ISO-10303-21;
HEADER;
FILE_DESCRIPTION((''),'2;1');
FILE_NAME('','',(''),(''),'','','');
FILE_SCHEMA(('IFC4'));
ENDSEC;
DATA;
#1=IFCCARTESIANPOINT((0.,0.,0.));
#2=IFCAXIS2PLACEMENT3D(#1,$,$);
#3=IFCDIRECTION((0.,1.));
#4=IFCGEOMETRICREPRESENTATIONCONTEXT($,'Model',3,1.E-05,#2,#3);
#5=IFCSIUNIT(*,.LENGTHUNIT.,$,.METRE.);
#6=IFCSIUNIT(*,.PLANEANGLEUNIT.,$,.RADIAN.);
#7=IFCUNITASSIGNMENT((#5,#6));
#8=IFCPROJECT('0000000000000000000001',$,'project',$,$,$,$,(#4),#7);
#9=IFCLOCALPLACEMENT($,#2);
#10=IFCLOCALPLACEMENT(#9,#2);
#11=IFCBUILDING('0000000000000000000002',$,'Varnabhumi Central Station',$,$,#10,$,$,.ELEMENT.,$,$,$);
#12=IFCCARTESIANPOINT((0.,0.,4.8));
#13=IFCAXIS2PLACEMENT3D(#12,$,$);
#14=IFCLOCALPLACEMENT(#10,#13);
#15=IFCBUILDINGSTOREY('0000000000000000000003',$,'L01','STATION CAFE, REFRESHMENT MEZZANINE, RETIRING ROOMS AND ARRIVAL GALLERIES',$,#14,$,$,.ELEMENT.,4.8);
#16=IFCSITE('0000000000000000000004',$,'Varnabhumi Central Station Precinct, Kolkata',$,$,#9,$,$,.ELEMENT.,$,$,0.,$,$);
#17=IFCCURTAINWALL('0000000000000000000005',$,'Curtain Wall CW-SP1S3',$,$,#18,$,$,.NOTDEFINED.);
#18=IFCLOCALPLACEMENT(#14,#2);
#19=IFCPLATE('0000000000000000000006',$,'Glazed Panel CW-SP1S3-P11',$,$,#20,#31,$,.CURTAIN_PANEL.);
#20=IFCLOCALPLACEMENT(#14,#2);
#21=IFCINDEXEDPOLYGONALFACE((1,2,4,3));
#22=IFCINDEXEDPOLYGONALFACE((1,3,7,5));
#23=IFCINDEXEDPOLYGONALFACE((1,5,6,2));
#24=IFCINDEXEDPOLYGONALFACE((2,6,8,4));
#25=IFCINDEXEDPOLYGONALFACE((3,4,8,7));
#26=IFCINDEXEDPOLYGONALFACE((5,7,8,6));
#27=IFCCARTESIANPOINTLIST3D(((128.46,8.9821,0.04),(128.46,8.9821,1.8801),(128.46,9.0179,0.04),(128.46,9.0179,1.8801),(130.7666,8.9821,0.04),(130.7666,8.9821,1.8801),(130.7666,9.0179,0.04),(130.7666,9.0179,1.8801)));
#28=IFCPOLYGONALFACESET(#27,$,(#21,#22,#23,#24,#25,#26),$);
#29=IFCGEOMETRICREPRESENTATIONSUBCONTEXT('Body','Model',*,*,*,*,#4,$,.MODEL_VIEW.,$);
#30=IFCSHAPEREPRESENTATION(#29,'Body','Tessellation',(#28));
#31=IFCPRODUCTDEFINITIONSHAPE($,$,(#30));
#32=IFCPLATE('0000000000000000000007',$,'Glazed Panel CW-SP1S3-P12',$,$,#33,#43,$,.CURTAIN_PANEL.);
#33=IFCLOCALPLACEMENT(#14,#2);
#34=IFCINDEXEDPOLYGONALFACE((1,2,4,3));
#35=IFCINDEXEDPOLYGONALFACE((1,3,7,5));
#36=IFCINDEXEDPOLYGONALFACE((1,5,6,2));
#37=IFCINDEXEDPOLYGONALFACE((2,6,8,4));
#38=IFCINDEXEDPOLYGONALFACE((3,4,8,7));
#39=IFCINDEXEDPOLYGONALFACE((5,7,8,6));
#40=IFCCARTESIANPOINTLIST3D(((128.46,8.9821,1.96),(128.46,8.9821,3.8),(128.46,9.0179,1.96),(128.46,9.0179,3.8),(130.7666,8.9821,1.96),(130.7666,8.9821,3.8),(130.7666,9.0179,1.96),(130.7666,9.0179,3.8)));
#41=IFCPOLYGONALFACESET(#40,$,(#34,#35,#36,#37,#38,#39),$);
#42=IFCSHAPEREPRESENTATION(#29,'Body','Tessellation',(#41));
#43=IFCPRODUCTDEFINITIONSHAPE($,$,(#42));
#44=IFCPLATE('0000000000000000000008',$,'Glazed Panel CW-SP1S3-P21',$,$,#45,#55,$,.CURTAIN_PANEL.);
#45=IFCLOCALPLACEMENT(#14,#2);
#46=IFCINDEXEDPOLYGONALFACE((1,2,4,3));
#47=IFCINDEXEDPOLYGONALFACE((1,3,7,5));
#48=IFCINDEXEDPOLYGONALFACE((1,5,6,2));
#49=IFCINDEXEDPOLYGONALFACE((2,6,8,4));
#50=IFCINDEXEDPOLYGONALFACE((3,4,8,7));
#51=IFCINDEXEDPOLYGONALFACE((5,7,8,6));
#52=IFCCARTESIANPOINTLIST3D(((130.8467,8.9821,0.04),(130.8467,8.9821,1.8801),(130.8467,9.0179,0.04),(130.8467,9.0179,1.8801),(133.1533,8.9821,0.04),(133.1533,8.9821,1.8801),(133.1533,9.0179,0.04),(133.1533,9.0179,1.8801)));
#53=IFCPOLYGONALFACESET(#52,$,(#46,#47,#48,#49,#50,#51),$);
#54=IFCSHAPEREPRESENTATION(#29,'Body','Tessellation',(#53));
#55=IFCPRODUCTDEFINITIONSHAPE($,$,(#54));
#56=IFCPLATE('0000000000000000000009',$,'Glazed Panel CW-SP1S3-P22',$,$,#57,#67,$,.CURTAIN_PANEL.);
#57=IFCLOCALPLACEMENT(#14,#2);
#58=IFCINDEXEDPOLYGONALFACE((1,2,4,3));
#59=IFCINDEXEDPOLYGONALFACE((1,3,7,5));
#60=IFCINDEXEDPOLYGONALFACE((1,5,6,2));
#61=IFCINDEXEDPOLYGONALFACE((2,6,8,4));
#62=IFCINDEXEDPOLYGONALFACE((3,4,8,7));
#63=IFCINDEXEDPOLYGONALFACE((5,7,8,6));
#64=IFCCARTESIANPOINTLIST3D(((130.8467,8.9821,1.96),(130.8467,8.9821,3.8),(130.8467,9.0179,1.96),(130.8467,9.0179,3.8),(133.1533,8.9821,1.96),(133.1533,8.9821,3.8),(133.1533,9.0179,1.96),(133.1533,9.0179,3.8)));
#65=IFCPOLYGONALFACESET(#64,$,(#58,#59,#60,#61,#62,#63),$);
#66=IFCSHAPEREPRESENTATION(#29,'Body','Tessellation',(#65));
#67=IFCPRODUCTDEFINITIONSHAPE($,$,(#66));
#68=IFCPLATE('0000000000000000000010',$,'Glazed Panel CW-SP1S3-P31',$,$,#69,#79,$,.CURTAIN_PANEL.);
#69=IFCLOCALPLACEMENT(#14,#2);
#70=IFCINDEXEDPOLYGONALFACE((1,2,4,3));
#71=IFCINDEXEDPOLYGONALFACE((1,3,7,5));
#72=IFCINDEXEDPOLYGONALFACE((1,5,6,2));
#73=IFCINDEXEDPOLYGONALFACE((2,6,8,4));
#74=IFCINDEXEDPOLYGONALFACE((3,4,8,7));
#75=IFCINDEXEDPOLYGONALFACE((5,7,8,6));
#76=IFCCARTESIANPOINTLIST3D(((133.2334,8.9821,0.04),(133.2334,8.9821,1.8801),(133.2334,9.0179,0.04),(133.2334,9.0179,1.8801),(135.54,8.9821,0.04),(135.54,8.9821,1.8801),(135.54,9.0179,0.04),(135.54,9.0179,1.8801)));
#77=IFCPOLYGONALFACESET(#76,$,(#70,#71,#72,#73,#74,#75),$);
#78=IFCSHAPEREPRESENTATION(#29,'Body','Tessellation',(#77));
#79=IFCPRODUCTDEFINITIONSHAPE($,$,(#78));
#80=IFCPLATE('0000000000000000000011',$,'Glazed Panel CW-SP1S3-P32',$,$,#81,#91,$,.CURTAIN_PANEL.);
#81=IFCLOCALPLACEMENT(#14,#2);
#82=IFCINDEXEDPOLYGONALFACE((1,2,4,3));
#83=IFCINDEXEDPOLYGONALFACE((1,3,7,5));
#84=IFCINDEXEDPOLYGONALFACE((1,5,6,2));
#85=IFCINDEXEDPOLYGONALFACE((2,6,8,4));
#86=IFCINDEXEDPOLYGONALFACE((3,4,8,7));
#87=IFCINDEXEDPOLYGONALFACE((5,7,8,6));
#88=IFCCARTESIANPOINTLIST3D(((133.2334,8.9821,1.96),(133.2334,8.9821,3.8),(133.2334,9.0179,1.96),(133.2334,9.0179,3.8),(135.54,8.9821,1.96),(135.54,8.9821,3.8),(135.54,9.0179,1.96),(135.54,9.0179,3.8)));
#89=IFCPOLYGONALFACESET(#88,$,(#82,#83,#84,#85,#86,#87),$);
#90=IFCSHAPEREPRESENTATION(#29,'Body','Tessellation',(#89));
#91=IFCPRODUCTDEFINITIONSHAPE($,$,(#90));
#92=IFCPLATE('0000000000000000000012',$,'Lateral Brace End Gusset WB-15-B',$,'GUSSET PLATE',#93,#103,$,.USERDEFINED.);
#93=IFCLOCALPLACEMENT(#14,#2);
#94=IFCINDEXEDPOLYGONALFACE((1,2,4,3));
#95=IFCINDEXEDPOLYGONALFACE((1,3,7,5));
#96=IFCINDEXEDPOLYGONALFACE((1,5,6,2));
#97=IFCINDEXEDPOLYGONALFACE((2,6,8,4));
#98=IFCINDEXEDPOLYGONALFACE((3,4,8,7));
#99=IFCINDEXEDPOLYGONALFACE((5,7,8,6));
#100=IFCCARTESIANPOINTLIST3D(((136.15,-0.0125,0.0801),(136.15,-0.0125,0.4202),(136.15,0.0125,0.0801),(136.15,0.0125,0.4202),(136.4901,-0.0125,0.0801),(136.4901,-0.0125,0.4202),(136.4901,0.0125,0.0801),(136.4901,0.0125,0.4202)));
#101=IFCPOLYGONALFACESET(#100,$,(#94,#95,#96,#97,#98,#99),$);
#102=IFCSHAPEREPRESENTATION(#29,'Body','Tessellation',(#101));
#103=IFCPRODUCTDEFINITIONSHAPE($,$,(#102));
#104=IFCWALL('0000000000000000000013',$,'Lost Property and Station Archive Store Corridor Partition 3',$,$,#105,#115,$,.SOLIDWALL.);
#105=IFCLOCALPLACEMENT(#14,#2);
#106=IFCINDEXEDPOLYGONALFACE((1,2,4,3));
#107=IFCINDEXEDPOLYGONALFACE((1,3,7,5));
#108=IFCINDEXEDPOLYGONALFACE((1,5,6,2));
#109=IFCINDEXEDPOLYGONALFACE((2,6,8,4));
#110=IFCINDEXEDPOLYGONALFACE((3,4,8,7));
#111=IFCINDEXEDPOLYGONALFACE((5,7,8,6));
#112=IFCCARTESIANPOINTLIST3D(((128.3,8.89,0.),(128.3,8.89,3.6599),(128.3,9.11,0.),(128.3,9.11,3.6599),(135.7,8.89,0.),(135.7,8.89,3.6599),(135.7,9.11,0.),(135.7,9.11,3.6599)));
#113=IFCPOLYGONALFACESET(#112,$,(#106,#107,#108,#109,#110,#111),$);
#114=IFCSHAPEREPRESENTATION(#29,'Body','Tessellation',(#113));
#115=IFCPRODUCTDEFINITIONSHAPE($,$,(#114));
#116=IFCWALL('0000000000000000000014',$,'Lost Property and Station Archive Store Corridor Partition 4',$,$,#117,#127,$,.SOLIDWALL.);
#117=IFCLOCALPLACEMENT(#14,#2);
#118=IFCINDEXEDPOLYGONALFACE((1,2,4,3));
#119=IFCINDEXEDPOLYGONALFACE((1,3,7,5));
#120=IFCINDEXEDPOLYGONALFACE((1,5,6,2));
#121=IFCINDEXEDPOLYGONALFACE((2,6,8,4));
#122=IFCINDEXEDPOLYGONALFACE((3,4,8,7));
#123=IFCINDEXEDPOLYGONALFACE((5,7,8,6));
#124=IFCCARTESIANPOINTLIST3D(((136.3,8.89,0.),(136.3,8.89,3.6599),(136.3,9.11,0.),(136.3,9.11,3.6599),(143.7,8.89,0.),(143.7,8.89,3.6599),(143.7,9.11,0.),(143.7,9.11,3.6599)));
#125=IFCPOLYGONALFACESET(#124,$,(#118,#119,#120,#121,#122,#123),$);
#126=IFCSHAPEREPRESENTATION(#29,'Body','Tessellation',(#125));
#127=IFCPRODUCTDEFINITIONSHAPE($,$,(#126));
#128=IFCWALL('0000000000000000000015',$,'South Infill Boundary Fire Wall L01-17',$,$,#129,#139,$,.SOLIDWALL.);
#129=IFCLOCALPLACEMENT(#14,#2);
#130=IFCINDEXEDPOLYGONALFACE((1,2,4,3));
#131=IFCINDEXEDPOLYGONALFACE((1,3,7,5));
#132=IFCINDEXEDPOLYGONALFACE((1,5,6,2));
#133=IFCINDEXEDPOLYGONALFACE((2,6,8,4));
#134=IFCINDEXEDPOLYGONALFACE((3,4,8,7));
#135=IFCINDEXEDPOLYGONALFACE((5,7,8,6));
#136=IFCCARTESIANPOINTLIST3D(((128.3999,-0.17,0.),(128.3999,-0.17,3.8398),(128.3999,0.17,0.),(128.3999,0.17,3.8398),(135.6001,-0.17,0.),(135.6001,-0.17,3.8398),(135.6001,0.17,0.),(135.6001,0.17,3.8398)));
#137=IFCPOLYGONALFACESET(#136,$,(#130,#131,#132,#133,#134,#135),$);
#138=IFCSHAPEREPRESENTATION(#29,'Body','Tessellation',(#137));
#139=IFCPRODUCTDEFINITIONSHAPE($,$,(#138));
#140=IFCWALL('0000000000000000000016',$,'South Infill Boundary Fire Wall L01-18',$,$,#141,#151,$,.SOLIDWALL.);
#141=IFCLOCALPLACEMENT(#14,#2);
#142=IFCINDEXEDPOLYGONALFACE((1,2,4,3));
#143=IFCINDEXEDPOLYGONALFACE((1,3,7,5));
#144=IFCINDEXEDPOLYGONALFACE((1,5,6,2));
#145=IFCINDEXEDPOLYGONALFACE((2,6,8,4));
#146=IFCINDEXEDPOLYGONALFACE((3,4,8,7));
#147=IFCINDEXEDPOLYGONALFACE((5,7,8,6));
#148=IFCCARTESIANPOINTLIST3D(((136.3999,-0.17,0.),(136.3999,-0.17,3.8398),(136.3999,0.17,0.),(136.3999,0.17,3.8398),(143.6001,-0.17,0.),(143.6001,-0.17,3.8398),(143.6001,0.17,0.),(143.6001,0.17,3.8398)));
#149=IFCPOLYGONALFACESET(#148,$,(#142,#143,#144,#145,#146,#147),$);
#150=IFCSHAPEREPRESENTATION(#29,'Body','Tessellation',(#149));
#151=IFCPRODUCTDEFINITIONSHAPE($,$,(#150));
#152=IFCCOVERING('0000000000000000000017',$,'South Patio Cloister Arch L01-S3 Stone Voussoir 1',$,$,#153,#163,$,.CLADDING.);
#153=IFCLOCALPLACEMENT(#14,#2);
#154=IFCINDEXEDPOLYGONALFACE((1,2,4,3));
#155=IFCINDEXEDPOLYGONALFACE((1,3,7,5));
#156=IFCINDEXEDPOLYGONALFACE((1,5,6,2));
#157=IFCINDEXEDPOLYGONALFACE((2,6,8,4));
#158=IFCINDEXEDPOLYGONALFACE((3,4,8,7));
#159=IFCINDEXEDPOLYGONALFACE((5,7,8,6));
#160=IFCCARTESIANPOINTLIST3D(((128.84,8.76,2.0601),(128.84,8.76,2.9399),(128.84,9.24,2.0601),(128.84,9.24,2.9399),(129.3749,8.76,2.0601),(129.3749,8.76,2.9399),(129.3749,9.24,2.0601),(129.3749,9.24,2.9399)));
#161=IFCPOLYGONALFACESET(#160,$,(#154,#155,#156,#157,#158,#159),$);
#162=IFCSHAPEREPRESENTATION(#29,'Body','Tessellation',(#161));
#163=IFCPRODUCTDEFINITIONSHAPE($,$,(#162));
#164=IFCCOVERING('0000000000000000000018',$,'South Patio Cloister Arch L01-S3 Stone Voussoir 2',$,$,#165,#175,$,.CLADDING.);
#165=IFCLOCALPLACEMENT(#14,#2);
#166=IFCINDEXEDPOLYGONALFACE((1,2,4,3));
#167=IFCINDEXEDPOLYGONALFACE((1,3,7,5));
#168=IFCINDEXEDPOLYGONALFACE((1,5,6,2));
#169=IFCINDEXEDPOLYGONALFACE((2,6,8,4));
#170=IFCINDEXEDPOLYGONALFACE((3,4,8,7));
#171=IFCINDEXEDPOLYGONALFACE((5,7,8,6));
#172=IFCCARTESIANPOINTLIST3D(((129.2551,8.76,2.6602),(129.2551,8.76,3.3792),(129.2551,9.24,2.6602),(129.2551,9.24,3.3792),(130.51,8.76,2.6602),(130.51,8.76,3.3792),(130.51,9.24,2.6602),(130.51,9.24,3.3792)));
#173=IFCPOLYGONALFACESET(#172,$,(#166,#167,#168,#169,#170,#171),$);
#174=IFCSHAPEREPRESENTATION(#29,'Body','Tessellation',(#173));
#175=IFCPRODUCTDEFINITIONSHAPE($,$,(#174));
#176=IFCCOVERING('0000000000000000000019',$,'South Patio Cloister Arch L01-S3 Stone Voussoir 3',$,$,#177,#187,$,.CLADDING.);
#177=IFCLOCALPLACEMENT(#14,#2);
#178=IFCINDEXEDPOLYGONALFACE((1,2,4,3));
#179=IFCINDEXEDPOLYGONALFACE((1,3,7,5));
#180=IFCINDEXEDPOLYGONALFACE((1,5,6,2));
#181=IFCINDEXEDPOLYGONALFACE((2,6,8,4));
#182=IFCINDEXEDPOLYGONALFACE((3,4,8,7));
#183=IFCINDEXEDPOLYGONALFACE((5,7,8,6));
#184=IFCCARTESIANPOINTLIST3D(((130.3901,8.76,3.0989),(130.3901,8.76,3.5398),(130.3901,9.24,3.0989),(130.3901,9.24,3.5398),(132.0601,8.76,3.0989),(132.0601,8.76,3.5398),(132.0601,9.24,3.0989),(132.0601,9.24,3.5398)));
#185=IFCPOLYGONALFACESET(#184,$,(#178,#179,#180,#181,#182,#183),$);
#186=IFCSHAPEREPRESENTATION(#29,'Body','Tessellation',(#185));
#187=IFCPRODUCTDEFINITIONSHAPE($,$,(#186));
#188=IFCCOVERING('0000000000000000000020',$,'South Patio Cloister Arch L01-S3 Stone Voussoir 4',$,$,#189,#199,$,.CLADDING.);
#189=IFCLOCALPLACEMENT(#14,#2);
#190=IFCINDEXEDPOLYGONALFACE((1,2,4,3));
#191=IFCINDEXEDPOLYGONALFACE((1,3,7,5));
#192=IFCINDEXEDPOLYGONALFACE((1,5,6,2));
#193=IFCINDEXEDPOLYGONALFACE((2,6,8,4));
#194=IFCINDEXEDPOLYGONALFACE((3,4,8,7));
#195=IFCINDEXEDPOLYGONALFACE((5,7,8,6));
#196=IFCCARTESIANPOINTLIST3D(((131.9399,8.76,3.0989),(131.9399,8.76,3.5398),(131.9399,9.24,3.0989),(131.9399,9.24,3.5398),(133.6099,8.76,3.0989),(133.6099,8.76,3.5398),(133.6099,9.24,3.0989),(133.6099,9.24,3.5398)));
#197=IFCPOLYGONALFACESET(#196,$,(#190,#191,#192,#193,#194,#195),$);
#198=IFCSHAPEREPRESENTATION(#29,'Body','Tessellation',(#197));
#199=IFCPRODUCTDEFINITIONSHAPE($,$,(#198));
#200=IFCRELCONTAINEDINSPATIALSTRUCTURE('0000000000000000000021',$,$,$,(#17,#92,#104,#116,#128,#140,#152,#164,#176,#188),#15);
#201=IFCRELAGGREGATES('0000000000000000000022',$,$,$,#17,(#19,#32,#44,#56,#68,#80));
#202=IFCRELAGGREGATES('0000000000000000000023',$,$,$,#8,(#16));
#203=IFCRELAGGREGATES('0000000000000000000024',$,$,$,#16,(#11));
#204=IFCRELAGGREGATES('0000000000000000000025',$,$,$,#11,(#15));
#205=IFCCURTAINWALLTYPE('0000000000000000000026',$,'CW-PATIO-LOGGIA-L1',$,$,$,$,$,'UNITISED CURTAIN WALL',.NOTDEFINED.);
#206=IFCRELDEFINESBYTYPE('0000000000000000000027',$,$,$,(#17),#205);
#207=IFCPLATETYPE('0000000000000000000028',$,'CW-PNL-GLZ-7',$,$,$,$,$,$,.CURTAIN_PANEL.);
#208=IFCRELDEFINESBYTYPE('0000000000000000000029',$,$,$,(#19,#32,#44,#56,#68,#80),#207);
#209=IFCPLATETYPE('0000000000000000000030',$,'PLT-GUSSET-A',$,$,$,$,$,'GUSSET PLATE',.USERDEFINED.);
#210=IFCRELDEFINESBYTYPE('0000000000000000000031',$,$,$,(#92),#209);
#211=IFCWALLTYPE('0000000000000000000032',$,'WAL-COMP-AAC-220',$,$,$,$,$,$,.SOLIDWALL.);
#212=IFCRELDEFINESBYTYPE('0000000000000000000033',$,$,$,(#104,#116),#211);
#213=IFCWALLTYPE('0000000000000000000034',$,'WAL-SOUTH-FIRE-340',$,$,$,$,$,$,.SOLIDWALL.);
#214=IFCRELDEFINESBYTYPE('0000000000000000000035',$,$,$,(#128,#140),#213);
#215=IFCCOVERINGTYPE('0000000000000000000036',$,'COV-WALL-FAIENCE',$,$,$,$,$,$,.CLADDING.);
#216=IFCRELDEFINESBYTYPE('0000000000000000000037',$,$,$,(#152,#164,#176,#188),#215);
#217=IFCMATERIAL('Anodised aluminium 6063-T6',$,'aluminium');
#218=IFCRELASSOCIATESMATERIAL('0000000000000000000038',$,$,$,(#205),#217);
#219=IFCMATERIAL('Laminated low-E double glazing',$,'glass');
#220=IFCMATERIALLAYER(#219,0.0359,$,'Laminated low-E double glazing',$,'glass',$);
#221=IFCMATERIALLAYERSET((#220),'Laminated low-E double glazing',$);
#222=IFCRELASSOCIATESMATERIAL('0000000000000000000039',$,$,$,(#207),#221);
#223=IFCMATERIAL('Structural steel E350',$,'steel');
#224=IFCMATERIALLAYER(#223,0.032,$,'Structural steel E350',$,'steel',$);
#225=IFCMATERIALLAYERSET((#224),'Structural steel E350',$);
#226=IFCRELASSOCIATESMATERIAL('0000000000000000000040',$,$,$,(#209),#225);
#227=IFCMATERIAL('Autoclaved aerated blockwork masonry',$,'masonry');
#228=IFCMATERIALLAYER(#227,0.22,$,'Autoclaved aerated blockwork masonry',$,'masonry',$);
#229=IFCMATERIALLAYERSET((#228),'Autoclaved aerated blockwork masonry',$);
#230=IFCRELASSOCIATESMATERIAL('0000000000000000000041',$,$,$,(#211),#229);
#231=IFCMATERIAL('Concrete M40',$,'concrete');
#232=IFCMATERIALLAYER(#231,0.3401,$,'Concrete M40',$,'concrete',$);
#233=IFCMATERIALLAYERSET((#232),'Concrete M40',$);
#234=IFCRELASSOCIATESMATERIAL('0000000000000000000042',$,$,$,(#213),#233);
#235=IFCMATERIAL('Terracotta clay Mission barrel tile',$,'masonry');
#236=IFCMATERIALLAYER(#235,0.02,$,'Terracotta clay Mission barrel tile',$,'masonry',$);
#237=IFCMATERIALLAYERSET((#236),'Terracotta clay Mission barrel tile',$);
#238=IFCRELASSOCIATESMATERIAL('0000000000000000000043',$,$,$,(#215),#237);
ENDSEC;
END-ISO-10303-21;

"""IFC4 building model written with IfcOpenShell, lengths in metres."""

from ifc_helpers import new_model, si_unit, direction, frame, frame_2d, origin, origin_2d, place, context, subcontext, project, spatial, rectangle, extrude, material, layer, layer_set, type_object, element, aggregate, save


model = new_model("IFC4")

# Units and contexts
model_context = context("Model", 3, precision=1e-05, world=origin(), true_north=direction((0.0, 1.0)))
body_context = subcontext(model_context, "Body", "Model", "MODEL_VIEW")
ifc_project = project(units=[si_unit("LENGTHUNIT", "METRE"), si_unit("PLANEANGLEUNIT", "RADIAN")], contexts=[model_context])

# Site, building, storey
site_placement = place(None, origin())
site = spatial("IfcSite", under=ifc_project, at=site_placement, Name="Varnabhumi Central Station Precinct, Kolkata", CompositionType="ELEMENT", RefElevation=0.0)
building_placement = place(site_placement, origin())
building = spatial("IfcBuilding", under=site, at=building_placement, Name="Varnabhumi Central Station", CompositionType="ELEMENT")
storey_placement = place(building_placement, frame((0.0, 0.0, 4.8)))
storey = spatial("IfcBuildingStorey", under=building, at=storey_placement, Name="L01", Description="STATION CAFE, REFRESHMENT MEZZANINE, RETIRING ROOMS AND ARRIVAL GALLERIES", CompositionType="ELEMENT", Elevation=4.8)

# Shared definitions
ifc_material_1 = material(Name="Concrete M40", Category="concrete")

# Shared definitions
ifc_material_2 = material(Name="Structural steel E350", Category="steel")

# Curtain wall
ifc_material_3 = material(Name="Anodised aluminium 6063-T6", Category="aluminium")
curtain_wall_type = type_object("IfcCurtainWallType", Name="CW-PATIO-LOGGIA-L1", ElementType="UNITISED CURTAIN WALL", PredefinedType="NOTDEFINED", material=ifc_material_3)
curtain_wall_1_placement = place(storey_placement, origin())
curtain_wall_1 = element("IfcCurtainWall", 1, at=curtain_wall_1_placement, inside=storey, type_object=curtain_wall_type, Name="Curtain Wall CW-SP1S3", PredefinedType="NOTDEFINED")

# Plates
ifc_material_4 = material(Name="Laminated low-E double glazing", Category="glass")
ifc_layer_1 = layer(ifc_material_4, 0.0359, Name="Laminated low-E double glazing", Category="glass")
ifc_layer_set_1 = layer_set([ifc_layer_1], Name="Laminated low-E double glazing")
plate_type_1 = type_object("IfcPlateType", Name="CW-PNL-GLZ-7", PredefinedType="CURTAIN_PANEL", material=ifc_layer_set_1)
plate_1_placement = place(storey_placement, frame((129.6133, 9.0, 0.04), z_axis=(0.0, 0.0, 1.0), x_axis=(1.0, 0.0, 0.0)))
plate_1 = element("IfcPlate", 2, at=plate_1_placement, type_object=plate_type_1, Name="Glazed Panel CW-SP1S3-P11", PredefinedType="CURTAIN_PANEL", context=body_context, shape_type="SweptSolid", body=[
    extrude(rectangle(XDim=2.3066, YDim=0.0359, at=origin_2d()), origin(), (0.0, 0.0, 1.0), 1.8401),
])
plate_2_placement = place(storey_placement, frame((129.6133, 9.0, 1.96), z_axis=(0.0, 0.0, 1.0), x_axis=(1.0, 0.0, 0.0)))
plate_2 = element("IfcPlate", 3, at=plate_2_placement, type_object=plate_type_1, Name="Glazed Panel CW-SP1S3-P12", PredefinedType="CURTAIN_PANEL", context=body_context, shape_type="SweptSolid", body=[
    extrude(rectangle(XDim=2.3066, YDim=0.0359, at=origin_2d()), origin(), (0.0, 0.0, 1.0), 1.8401),
])
plate_3_placement = place(storey_placement, frame((132.0, 9.0, 0.04), z_axis=(0.0, 0.0, 1.0), x_axis=(1.0, 0.0, 0.0)))
plate_3 = element("IfcPlate", 4, at=plate_3_placement, type_object=plate_type_1, Name="Glazed Panel CW-SP1S3-P21", PredefinedType="CURTAIN_PANEL", context=body_context, shape_type="SweptSolid", body=[
    extrude(rectangle(XDim=2.3066, YDim=0.0359, at=origin_2d()), origin(), (0.0, 0.0, 1.0), 1.8401),
])
plate_4_placement = place(storey_placement, frame((132.0, 9.0, 1.96), z_axis=(0.0, 0.0, 1.0), x_axis=(1.0, 0.0, 0.0)))
plate_4 = element("IfcPlate", 5, at=plate_4_placement, type_object=plate_type_1, Name="Glazed Panel CW-SP1S3-P22", PredefinedType="CURTAIN_PANEL", context=body_context, shape_type="SweptSolid", body=[
    extrude(rectangle(XDim=2.3066, YDim=0.0359, at=origin_2d()), origin(), (0.0, 0.0, 1.0), 1.8401),
])
plate_5_placement = place(storey_placement, frame((134.3867, 9.0, 0.04), z_axis=(0.0, 0.0, 1.0), x_axis=(1.0, 0.0, 0.0)))
plate_5 = element("IfcPlate", 6, at=plate_5_placement, type_object=plate_type_1, Name="Glazed Panel CW-SP1S3-P31", PredefinedType="CURTAIN_PANEL", context=body_context, shape_type="SweptSolid", body=[
    extrude(rectangle(XDim=2.3066, YDim=0.0359, at=origin_2d()), origin(), (0.0, 0.0, 1.0), 1.8401),
])
plate_6_placement = place(storey_placement, frame((134.3867, 9.0, 1.96), z_axis=(0.0, 0.0, 1.0), x_axis=(1.0, 0.0, 0.0)))
plate_6 = element("IfcPlate", 7, at=plate_6_placement, type_object=plate_type_1, Name="Glazed Panel CW-SP1S3-P32", PredefinedType="CURTAIN_PANEL", context=body_context, shape_type="SweptSolid", body=[
    extrude(rectangle(XDim=2.3066, YDim=0.0359, at=origin_2d()), origin(), (0.0, 0.0, 1.0), 1.8401),
])
aggregate(curtain_wall_1, [plate_1, plate_2, plate_3, plate_4, plate_5, plate_6])
ifc_layer_2 = layer(ifc_material_2, 0.032, Name="Structural steel E350", Category="steel")
ifc_layer_set_2 = layer_set([ifc_layer_2], Name="Structural steel E350")
plate_type_2 = type_object("IfcPlateType", Name="PLT-GUSSET-A", ElementType="GUSSET PLATE", PredefinedType="USERDEFINED", material=ifc_layer_set_2)
plate_7_placement = place(storey_placement, frame((136.3201, 0.0, 0.0801), z_axis=(0.0, 0.0, 1.0), x_axis=(1.0, 0.0, 0.0)))
element("IfcPlate", 8, at=plate_7_placement, inside=storey, type_object=plate_type_2, Name="Lateral Brace End Gusset WB-15-B", ObjectType="GUSSET PLATE", PredefinedType="USERDEFINED", context=body_context, shape_type="SweptSolid", body=[
    extrude(rectangle(XDim=0.3401, YDim=0.0249, at=origin_2d()), origin(), (0.0, 0.0, 1.0), 0.3401),
])

# Walls
ifc_material_5 = material(Name="Autoclaved aerated blockwork masonry", Category="masonry")
ifc_layer_3 = layer(ifc_material_5, 0.22, Name="Autoclaved aerated blockwork masonry", Category="masonry")
ifc_layer_set_3 = layer_set([ifc_layer_3], Name="Autoclaved aerated blockwork masonry")
wall_type_1 = type_object("IfcWallType", Name="WAL-COMP-AAC-220", PredefinedType="SOLIDWALL", material=ifc_layer_set_3)
for number, where, z_axis, x_axis, name in (
    (9, (128.3, 9.0, 0.0), (0.0, 0.0, 1.0), (1.0, 0.0, 0.0), "Lost Property and Station Archive Store Corridor Partition 3"),
    (10, (136.3, 9.0, 0.0), (0.0, 0.0, 1.0), (1.0, 0.0, 0.0), "Lost Property and Station Archive Store Corridor Partition 4"),
):
    element("IfcWall", number, at=place(storey_placement, frame(where, z_axis=z_axis, x_axis=x_axis)), inside=storey, type_object=wall_type_1, Name=name, PredefinedType="SOLIDWALL", context=body_context, shape_type="SweptSolid", body=[
        extrude(rectangle(XDim=7.3999, YDim=0.22, at=frame_2d((3.7, 0.0))), origin(), (0.0, 0.0, 1.0), 3.6599),
    ])
ifc_layer_4 = layer(ifc_material_1, 0.3401, Name="Concrete M40", Category="concrete")
ifc_layer_set_4 = layer_set([ifc_layer_4], Name="Concrete M40")
wall_type_2 = type_object("IfcWallType", Name="WAL-SOUTH-FIRE-340", PredefinedType="SOLIDWALL", material=ifc_layer_set_4)
for number, where, z_axis, x_axis, name in (
    (11, (128.3999, 0.0, 0.0), (0.0, 0.0, 1.0), (1.0, 0.0, 0.0), "South Infill Boundary Fire Wall L01-17"),
    (12, (136.3999, 0.0, 0.0), (0.0, 0.0, 1.0), (1.0, 0.0, 0.0), "South Infill Boundary Fire Wall L01-18"),
):
    element("IfcWall", number, at=place(storey_placement, frame(where, z_axis=z_axis, x_axis=x_axis)), inside=storey, type_object=wall_type_2, Name=name, PredefinedType="SOLIDWALL", context=body_context, shape_type="SweptSolid", body=[
        extrude(rectangle(XDim=7.2002, YDim=0.3401, at=frame_2d((3.6001, 0.0))), origin(), (0.0, 0.0, 1.0), 3.8398),
    ])

# Coverings
ifc_material_6 = material(Name="Terracotta clay Mission barrel tile", Category="masonry")
ifc_layer_5 = layer(ifc_material_6, 0.02, Name="Terracotta clay Mission barrel tile", Category="masonry")
ifc_layer_set_5 = layer_set([ifc_layer_5], Name="Terracotta clay Mission barrel tile")
covering_type = type_object("IfcCoveringType", Name="COV-WALL-FAIENCE", PredefinedType="CLADDING", material=ifc_layer_set_5)
covering_1_placement = place(storey_placement, frame((129.1074, 9.0, 2.0601), z_axis=(0.0, 0.0, 1.0), x_axis=(1.0, 0.0, 0.0)))
element("IfcCovering", 13, at=covering_1_placement, inside=storey, type_object=covering_type, Name="South Patio Cloister Arch L01-S3 Stone Voussoir 1", PredefinedType="CLADDING", context=body_context, shape_type="SweptSolid", body=[
    extrude(rectangle(XDim=0.5349, YDim=0.48, at=origin_2d()), origin(), (0.0, 0.0, 1.0), 0.8799),
])
covering_2_placement = place(storey_placement, frame((129.8826, 9.0, 2.6602), z_axis=(0.0, 0.0, 1.0), x_axis=(1.0, 0.0, 0.0)))
element("IfcCovering", 14, at=covering_2_placement, inside=storey, type_object=covering_type, Name="South Patio Cloister Arch L01-S3 Stone Voussoir 2", PredefinedType="CLADDING", context=body_context, shape_type="SweptSolid", body=[
    extrude(rectangle(XDim=1.2549, YDim=0.48, at=origin_2d()), origin(), (0.0, 0.0, 1.0), 0.719),
])
for number, where, z_axis, x_axis, name in (
    (15, (131.2251, 9.0, 3.0989), (0.0, 0.0, 1.0), (1.0, 0.0, 0.0), "South Patio Cloister Arch L01-S3 Stone Voussoir 3"),
    (16, (132.7749, 9.0, 3.0989), (0.0, 0.0, 1.0), (1.0, 0.0, 0.0), "South Patio Cloister Arch L01-S3 Stone Voussoir 4"),
):
    element("IfcCovering", number, at=place(storey_placement, frame(where, z_axis=z_axis, x_axis=x_axis)), inside=storey, type_object=covering_type, Name=name, PredefinedType="CLADDING", context=body_context, shape_type="SweptSolid", body=[
        extrude(rectangle(XDim=1.6699, YDim=0.48, at=origin_2d()), origin(), (0.0, 0.0, 1.0), 0.4409),
    ])

save(model, "model.ifc")
